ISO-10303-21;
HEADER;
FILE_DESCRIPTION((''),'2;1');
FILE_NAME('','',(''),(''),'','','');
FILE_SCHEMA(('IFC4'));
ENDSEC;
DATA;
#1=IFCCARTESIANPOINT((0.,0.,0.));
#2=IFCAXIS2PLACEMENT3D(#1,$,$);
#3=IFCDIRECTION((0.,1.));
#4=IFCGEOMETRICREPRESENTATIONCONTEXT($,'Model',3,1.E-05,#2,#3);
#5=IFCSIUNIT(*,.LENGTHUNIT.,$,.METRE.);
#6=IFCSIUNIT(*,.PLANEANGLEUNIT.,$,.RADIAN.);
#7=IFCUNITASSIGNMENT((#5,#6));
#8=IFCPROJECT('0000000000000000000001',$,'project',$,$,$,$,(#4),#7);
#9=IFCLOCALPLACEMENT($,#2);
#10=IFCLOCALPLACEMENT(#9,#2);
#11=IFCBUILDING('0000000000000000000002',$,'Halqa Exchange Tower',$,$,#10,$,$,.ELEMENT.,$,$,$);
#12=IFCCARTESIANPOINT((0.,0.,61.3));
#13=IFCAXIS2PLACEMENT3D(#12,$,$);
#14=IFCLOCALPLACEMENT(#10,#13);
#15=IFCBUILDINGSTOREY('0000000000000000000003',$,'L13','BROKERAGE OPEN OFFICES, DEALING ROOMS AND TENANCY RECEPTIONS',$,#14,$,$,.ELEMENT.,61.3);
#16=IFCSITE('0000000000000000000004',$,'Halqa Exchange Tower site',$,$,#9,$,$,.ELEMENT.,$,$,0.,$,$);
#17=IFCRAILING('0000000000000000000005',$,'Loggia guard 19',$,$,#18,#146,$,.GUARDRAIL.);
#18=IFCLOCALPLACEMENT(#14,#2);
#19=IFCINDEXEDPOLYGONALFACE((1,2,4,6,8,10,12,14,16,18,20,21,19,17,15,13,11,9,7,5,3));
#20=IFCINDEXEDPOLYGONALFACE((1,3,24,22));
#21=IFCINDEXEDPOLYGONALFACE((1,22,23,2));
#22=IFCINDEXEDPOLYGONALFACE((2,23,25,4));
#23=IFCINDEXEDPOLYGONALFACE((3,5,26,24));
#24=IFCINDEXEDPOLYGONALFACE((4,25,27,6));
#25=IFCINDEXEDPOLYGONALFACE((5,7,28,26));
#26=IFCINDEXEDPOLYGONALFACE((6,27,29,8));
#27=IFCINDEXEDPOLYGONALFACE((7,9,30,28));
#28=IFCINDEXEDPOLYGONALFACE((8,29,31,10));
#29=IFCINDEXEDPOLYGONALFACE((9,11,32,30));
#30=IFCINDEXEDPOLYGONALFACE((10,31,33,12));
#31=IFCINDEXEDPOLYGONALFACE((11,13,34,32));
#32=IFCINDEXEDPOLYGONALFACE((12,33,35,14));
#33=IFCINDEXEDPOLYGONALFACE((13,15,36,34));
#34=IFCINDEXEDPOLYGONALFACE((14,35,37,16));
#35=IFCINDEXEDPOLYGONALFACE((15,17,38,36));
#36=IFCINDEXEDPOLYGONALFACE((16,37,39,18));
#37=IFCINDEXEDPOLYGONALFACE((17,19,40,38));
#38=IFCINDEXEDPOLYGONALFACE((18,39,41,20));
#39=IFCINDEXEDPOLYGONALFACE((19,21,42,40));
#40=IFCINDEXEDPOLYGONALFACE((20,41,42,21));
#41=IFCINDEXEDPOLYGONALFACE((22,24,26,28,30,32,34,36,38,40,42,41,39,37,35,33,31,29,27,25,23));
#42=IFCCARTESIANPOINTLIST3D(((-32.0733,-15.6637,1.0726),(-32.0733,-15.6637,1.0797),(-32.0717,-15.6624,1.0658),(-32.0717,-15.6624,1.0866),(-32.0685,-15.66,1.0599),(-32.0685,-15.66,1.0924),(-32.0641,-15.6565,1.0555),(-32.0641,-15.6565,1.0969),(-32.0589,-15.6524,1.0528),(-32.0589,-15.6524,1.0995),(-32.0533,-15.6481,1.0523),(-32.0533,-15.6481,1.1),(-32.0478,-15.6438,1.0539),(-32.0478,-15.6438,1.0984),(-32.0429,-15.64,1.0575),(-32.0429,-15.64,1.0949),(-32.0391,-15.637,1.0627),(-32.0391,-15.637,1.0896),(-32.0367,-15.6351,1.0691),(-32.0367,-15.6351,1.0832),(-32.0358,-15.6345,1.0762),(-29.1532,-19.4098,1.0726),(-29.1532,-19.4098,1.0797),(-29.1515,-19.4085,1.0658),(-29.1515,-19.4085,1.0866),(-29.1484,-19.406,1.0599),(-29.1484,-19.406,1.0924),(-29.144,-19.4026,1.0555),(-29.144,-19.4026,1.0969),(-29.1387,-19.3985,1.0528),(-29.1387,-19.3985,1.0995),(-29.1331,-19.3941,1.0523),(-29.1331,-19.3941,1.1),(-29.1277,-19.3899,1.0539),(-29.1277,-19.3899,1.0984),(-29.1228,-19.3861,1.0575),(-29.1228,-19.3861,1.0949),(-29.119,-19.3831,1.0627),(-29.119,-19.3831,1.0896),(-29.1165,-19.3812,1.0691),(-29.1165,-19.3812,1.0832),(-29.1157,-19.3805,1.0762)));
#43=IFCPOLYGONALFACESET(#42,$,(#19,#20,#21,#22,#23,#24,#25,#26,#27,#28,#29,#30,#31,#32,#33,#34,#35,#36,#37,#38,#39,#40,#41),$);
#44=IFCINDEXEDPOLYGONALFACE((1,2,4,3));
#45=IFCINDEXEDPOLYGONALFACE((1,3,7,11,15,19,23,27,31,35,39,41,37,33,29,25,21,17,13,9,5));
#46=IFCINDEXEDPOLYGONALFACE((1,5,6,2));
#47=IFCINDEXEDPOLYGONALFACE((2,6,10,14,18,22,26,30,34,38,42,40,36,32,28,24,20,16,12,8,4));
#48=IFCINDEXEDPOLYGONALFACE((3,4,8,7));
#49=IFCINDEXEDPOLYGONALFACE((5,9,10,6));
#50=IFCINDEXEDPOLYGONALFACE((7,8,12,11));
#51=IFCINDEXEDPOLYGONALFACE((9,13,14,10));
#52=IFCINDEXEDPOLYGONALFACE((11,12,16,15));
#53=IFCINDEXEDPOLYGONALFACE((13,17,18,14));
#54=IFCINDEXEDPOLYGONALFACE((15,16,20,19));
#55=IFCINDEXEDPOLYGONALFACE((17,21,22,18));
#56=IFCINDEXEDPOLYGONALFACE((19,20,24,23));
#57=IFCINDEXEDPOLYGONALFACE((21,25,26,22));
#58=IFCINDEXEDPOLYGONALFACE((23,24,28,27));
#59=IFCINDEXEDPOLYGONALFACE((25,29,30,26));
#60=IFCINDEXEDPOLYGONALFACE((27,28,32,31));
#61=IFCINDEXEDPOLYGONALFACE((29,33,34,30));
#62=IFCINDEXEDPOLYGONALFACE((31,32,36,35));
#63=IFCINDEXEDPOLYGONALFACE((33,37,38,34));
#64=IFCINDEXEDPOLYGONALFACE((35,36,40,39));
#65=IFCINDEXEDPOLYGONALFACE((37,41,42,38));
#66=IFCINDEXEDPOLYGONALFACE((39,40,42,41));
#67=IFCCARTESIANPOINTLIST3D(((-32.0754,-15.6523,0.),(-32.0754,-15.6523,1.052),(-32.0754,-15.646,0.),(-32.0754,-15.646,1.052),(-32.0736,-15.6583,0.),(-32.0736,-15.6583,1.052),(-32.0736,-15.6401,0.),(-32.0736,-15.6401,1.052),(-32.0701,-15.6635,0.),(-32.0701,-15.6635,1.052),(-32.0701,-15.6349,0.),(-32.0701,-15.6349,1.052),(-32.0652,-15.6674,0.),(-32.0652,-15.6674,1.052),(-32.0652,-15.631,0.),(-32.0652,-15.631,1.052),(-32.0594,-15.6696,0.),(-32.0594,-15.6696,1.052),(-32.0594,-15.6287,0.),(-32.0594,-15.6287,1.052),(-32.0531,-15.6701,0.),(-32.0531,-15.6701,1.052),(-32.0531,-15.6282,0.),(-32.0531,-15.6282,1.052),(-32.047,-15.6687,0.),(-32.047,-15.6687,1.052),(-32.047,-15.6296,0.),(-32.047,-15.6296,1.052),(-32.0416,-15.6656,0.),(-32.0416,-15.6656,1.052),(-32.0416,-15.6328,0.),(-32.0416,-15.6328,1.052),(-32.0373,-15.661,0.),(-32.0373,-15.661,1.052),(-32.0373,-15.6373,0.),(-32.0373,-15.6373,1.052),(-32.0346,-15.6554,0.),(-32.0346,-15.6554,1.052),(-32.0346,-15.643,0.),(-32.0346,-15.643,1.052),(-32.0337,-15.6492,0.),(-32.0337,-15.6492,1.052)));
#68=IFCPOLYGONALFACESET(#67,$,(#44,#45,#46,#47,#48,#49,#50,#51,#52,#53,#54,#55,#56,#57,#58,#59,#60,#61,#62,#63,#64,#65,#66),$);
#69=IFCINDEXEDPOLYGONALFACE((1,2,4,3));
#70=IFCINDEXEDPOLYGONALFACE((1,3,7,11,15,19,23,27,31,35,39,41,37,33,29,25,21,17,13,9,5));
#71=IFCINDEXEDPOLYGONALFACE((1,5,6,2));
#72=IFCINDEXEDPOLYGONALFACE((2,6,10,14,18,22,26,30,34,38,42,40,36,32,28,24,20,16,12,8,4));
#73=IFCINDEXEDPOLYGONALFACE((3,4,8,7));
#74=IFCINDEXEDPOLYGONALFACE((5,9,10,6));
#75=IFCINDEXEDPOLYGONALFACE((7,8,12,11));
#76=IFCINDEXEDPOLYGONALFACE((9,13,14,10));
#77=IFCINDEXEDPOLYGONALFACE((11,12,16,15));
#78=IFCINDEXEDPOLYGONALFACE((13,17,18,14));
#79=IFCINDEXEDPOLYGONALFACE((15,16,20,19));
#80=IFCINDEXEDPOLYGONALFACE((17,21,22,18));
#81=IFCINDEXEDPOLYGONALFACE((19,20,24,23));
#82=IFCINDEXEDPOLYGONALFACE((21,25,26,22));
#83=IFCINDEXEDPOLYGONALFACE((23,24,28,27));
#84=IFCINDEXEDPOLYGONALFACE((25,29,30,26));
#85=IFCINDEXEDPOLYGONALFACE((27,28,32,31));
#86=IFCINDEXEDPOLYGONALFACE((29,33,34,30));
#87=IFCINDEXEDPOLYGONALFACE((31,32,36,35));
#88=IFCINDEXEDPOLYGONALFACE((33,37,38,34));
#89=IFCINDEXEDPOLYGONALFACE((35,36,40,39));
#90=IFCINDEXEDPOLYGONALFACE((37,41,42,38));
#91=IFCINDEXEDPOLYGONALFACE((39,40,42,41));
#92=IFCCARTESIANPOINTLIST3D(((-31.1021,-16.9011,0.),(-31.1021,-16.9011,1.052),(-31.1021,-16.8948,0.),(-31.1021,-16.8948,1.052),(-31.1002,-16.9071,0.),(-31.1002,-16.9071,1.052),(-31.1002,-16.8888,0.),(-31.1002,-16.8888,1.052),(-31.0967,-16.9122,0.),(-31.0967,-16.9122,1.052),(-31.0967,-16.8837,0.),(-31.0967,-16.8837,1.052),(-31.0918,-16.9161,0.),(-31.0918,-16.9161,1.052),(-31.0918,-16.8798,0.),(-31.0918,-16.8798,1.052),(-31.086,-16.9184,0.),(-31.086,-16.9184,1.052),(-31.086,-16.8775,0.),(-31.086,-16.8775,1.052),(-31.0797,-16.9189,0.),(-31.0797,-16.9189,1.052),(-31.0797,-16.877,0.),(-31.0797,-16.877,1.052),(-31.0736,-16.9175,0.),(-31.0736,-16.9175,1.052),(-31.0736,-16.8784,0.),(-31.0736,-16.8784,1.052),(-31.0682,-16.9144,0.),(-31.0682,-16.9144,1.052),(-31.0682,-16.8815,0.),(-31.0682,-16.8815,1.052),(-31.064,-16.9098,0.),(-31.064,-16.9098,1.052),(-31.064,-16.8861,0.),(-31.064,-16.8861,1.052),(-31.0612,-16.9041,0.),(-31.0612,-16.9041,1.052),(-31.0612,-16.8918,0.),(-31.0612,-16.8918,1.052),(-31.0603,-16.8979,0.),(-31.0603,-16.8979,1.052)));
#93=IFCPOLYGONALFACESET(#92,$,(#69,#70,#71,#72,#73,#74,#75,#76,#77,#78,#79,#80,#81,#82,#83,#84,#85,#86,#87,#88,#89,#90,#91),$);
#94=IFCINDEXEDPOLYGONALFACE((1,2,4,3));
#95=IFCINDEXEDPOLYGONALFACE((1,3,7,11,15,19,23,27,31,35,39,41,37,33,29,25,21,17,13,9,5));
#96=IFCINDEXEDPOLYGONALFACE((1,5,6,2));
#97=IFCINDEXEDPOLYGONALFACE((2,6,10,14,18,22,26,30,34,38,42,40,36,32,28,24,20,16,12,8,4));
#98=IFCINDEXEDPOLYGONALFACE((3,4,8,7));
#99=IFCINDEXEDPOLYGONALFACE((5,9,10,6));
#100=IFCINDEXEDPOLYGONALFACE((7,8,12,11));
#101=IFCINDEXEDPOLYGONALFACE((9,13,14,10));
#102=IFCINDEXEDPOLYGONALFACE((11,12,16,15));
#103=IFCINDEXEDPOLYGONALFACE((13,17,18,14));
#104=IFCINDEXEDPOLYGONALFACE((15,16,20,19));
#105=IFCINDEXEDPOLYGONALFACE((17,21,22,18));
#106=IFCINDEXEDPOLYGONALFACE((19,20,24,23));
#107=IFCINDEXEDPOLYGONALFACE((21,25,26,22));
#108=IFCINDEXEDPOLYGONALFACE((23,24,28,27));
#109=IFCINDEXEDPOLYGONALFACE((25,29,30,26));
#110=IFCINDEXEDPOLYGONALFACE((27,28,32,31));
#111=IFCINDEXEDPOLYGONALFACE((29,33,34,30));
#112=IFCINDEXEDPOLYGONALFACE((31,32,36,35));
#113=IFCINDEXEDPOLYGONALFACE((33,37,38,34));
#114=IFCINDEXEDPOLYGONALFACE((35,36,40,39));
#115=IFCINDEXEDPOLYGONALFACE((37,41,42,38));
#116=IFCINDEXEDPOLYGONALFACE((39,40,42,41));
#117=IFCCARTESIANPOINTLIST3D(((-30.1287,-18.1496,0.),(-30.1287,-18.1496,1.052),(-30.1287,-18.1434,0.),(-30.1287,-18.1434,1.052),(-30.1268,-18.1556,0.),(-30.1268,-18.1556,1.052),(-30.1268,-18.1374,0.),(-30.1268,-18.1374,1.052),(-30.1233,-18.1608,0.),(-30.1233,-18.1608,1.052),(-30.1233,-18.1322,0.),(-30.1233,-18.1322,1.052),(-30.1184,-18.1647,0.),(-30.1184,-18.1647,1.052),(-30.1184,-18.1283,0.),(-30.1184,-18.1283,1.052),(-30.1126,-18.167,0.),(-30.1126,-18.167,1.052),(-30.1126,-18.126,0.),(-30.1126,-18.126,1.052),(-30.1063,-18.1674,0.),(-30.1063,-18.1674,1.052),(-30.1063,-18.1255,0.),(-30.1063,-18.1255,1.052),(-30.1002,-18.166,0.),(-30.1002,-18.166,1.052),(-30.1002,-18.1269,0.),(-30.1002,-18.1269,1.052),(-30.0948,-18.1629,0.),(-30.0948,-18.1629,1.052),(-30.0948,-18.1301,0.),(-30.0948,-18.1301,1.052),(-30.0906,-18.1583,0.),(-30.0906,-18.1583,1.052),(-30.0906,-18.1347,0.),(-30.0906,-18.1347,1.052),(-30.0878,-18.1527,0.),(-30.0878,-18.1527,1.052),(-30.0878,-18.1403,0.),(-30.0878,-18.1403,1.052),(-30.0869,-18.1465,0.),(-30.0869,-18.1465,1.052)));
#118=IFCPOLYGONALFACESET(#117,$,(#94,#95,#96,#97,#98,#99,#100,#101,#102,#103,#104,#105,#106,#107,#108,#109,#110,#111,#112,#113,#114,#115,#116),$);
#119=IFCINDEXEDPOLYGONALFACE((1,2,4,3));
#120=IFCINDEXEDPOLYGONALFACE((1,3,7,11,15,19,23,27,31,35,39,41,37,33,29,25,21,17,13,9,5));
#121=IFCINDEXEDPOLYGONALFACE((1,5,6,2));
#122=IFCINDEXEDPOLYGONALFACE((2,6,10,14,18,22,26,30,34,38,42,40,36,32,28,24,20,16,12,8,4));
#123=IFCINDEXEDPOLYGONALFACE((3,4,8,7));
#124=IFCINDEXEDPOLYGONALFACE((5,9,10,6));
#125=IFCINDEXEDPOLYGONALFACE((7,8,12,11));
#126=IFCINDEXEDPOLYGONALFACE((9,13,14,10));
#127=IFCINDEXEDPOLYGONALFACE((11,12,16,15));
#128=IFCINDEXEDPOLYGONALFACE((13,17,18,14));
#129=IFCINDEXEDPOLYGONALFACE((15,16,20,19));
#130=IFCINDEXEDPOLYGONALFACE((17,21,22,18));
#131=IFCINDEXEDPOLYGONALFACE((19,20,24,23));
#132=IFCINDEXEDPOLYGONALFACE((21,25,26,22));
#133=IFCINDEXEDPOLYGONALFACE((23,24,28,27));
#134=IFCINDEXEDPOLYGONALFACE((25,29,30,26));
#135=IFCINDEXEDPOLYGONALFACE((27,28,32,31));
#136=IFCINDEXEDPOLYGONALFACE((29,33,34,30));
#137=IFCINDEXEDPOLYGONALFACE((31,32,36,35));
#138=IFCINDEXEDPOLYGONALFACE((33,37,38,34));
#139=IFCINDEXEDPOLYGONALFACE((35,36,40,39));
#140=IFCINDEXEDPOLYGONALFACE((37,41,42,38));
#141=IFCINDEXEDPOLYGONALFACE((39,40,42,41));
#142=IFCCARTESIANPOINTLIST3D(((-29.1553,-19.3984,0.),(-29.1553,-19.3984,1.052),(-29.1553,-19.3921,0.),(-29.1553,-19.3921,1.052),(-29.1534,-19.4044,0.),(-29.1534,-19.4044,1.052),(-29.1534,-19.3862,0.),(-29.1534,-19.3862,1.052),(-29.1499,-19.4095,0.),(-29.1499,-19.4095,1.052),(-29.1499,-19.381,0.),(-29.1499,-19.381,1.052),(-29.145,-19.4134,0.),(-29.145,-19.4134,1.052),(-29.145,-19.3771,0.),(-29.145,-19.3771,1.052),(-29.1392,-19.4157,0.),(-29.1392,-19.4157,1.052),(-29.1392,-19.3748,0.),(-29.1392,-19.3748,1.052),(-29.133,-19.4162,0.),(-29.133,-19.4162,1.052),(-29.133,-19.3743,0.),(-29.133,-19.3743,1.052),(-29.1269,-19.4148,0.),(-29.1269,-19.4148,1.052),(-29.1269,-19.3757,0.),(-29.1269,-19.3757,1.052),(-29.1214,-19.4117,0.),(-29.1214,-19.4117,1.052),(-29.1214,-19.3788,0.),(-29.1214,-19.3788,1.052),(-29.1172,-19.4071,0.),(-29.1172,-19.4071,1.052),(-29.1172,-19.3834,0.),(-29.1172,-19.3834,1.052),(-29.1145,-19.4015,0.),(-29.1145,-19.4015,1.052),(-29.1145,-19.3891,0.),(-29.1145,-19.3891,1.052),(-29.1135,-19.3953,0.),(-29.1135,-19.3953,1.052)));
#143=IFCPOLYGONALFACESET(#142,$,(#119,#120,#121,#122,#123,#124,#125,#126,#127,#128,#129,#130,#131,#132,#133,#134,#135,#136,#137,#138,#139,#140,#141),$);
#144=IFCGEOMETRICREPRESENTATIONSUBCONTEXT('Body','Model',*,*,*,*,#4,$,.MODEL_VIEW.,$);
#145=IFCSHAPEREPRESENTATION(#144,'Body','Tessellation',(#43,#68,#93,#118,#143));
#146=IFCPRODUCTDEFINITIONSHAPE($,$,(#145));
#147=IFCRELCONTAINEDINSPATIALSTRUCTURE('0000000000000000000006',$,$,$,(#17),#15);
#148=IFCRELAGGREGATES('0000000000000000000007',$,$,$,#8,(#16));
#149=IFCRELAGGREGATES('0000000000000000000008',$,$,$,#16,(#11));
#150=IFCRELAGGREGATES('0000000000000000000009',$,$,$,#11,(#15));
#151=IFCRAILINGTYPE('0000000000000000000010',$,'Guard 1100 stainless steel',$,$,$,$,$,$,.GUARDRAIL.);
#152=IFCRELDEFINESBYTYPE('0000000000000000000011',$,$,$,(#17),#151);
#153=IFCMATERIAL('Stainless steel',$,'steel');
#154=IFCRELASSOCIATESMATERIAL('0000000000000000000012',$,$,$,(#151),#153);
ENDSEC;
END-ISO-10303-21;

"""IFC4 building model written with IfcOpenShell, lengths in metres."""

from ifc_helpers import new_model, si_unit, direction, frame, origin, origin_2d, place, context, subcontext, project, spatial, circle, extrude, material, type_object, element, save


model = new_model("IFC4")

# Units and contexts
model_context = context("Model", 3, precision=1e-05, world=origin(), true_north=direction((0.0, 1.0)))
body_context = subcontext(model_context, "Body", "Model", "MODEL_VIEW")
ifc_project = project(units=[si_unit("LENGTHUNIT", "METRE"), si_unit("PLANEANGLEUNIT", "RADIAN")], contexts=[model_context])

# Site, building, storey
site_placement = place(None, origin())
site = spatial("IfcSite", under=ifc_project, at=site_placement, Name="Halqa Exchange Tower site", CompositionType="ELEMENT", RefElevation=0.0)
building_placement = place(site_placement, origin())
building = spatial("IfcBuilding", under=site, at=building_placement, Name="Halqa Exchange Tower", CompositionType="ELEMENT")
storey_placement = place(building_placement, frame((0.0, 0.0, 61.3)))
storey = spatial("IfcBuildingStorey", under=building, at=storey_placement, Name="L13", Description="BROKERAGE OPEN OFFICES, DEALING ROOMS AND TENANCY RECEPTIONS", CompositionType="ELEMENT", Elevation=61.3)

# Railing
ifc_material_1 = material(Name="Stainless steel", Category="steel")
railing_type = type_object("IfcRailingType", Name="Guard 1100 stainless steel", PredefinedType="GUARDRAIL", material=ifc_material_1)
railing_1_placement = place(storey_placement, frame((-32.0547, -15.6492, 0.0)))
element("IfcRailing", 1, at=railing_1_placement, inside=storey, type_object=railing_type, Name="Loggia guard 19", PredefinedType="GUARDRAIL", context=body_context, shape_type="SweptSolid", body=[
    extrude(circle(Radius=0.0239, at=origin_2d()), frame((0.0, 0.0, 1.0762), z_axis=(0.614798, -0.788685, 0.0), x_axis=(0.788685, 0.614798, 0.0)), (0.0, 0.0, 1.0), 4.7498),
    extrude(circle(Radius=0.021, at=origin_2d()), origin(), (0.0, 0.0, 1.0), 1.052),
    extrude(circle(Radius=0.021, at=origin_2d()), frame((0.9734, -1.2488, 0.0)), (0.0, 0.0, 1.0), 1.052),
    extrude(circle(Radius=0.021, at=origin_2d()), frame((1.9468, -2.4973, 0.0)), (0.0, 0.0, 1.0), 1.052),
    extrude(circle(Radius=0.021, at=origin_2d()), frame((2.9202, -3.7461, 0.0)), (0.0, 0.0, 1.0), 1.052),
])

save(model, "model.ifc")
